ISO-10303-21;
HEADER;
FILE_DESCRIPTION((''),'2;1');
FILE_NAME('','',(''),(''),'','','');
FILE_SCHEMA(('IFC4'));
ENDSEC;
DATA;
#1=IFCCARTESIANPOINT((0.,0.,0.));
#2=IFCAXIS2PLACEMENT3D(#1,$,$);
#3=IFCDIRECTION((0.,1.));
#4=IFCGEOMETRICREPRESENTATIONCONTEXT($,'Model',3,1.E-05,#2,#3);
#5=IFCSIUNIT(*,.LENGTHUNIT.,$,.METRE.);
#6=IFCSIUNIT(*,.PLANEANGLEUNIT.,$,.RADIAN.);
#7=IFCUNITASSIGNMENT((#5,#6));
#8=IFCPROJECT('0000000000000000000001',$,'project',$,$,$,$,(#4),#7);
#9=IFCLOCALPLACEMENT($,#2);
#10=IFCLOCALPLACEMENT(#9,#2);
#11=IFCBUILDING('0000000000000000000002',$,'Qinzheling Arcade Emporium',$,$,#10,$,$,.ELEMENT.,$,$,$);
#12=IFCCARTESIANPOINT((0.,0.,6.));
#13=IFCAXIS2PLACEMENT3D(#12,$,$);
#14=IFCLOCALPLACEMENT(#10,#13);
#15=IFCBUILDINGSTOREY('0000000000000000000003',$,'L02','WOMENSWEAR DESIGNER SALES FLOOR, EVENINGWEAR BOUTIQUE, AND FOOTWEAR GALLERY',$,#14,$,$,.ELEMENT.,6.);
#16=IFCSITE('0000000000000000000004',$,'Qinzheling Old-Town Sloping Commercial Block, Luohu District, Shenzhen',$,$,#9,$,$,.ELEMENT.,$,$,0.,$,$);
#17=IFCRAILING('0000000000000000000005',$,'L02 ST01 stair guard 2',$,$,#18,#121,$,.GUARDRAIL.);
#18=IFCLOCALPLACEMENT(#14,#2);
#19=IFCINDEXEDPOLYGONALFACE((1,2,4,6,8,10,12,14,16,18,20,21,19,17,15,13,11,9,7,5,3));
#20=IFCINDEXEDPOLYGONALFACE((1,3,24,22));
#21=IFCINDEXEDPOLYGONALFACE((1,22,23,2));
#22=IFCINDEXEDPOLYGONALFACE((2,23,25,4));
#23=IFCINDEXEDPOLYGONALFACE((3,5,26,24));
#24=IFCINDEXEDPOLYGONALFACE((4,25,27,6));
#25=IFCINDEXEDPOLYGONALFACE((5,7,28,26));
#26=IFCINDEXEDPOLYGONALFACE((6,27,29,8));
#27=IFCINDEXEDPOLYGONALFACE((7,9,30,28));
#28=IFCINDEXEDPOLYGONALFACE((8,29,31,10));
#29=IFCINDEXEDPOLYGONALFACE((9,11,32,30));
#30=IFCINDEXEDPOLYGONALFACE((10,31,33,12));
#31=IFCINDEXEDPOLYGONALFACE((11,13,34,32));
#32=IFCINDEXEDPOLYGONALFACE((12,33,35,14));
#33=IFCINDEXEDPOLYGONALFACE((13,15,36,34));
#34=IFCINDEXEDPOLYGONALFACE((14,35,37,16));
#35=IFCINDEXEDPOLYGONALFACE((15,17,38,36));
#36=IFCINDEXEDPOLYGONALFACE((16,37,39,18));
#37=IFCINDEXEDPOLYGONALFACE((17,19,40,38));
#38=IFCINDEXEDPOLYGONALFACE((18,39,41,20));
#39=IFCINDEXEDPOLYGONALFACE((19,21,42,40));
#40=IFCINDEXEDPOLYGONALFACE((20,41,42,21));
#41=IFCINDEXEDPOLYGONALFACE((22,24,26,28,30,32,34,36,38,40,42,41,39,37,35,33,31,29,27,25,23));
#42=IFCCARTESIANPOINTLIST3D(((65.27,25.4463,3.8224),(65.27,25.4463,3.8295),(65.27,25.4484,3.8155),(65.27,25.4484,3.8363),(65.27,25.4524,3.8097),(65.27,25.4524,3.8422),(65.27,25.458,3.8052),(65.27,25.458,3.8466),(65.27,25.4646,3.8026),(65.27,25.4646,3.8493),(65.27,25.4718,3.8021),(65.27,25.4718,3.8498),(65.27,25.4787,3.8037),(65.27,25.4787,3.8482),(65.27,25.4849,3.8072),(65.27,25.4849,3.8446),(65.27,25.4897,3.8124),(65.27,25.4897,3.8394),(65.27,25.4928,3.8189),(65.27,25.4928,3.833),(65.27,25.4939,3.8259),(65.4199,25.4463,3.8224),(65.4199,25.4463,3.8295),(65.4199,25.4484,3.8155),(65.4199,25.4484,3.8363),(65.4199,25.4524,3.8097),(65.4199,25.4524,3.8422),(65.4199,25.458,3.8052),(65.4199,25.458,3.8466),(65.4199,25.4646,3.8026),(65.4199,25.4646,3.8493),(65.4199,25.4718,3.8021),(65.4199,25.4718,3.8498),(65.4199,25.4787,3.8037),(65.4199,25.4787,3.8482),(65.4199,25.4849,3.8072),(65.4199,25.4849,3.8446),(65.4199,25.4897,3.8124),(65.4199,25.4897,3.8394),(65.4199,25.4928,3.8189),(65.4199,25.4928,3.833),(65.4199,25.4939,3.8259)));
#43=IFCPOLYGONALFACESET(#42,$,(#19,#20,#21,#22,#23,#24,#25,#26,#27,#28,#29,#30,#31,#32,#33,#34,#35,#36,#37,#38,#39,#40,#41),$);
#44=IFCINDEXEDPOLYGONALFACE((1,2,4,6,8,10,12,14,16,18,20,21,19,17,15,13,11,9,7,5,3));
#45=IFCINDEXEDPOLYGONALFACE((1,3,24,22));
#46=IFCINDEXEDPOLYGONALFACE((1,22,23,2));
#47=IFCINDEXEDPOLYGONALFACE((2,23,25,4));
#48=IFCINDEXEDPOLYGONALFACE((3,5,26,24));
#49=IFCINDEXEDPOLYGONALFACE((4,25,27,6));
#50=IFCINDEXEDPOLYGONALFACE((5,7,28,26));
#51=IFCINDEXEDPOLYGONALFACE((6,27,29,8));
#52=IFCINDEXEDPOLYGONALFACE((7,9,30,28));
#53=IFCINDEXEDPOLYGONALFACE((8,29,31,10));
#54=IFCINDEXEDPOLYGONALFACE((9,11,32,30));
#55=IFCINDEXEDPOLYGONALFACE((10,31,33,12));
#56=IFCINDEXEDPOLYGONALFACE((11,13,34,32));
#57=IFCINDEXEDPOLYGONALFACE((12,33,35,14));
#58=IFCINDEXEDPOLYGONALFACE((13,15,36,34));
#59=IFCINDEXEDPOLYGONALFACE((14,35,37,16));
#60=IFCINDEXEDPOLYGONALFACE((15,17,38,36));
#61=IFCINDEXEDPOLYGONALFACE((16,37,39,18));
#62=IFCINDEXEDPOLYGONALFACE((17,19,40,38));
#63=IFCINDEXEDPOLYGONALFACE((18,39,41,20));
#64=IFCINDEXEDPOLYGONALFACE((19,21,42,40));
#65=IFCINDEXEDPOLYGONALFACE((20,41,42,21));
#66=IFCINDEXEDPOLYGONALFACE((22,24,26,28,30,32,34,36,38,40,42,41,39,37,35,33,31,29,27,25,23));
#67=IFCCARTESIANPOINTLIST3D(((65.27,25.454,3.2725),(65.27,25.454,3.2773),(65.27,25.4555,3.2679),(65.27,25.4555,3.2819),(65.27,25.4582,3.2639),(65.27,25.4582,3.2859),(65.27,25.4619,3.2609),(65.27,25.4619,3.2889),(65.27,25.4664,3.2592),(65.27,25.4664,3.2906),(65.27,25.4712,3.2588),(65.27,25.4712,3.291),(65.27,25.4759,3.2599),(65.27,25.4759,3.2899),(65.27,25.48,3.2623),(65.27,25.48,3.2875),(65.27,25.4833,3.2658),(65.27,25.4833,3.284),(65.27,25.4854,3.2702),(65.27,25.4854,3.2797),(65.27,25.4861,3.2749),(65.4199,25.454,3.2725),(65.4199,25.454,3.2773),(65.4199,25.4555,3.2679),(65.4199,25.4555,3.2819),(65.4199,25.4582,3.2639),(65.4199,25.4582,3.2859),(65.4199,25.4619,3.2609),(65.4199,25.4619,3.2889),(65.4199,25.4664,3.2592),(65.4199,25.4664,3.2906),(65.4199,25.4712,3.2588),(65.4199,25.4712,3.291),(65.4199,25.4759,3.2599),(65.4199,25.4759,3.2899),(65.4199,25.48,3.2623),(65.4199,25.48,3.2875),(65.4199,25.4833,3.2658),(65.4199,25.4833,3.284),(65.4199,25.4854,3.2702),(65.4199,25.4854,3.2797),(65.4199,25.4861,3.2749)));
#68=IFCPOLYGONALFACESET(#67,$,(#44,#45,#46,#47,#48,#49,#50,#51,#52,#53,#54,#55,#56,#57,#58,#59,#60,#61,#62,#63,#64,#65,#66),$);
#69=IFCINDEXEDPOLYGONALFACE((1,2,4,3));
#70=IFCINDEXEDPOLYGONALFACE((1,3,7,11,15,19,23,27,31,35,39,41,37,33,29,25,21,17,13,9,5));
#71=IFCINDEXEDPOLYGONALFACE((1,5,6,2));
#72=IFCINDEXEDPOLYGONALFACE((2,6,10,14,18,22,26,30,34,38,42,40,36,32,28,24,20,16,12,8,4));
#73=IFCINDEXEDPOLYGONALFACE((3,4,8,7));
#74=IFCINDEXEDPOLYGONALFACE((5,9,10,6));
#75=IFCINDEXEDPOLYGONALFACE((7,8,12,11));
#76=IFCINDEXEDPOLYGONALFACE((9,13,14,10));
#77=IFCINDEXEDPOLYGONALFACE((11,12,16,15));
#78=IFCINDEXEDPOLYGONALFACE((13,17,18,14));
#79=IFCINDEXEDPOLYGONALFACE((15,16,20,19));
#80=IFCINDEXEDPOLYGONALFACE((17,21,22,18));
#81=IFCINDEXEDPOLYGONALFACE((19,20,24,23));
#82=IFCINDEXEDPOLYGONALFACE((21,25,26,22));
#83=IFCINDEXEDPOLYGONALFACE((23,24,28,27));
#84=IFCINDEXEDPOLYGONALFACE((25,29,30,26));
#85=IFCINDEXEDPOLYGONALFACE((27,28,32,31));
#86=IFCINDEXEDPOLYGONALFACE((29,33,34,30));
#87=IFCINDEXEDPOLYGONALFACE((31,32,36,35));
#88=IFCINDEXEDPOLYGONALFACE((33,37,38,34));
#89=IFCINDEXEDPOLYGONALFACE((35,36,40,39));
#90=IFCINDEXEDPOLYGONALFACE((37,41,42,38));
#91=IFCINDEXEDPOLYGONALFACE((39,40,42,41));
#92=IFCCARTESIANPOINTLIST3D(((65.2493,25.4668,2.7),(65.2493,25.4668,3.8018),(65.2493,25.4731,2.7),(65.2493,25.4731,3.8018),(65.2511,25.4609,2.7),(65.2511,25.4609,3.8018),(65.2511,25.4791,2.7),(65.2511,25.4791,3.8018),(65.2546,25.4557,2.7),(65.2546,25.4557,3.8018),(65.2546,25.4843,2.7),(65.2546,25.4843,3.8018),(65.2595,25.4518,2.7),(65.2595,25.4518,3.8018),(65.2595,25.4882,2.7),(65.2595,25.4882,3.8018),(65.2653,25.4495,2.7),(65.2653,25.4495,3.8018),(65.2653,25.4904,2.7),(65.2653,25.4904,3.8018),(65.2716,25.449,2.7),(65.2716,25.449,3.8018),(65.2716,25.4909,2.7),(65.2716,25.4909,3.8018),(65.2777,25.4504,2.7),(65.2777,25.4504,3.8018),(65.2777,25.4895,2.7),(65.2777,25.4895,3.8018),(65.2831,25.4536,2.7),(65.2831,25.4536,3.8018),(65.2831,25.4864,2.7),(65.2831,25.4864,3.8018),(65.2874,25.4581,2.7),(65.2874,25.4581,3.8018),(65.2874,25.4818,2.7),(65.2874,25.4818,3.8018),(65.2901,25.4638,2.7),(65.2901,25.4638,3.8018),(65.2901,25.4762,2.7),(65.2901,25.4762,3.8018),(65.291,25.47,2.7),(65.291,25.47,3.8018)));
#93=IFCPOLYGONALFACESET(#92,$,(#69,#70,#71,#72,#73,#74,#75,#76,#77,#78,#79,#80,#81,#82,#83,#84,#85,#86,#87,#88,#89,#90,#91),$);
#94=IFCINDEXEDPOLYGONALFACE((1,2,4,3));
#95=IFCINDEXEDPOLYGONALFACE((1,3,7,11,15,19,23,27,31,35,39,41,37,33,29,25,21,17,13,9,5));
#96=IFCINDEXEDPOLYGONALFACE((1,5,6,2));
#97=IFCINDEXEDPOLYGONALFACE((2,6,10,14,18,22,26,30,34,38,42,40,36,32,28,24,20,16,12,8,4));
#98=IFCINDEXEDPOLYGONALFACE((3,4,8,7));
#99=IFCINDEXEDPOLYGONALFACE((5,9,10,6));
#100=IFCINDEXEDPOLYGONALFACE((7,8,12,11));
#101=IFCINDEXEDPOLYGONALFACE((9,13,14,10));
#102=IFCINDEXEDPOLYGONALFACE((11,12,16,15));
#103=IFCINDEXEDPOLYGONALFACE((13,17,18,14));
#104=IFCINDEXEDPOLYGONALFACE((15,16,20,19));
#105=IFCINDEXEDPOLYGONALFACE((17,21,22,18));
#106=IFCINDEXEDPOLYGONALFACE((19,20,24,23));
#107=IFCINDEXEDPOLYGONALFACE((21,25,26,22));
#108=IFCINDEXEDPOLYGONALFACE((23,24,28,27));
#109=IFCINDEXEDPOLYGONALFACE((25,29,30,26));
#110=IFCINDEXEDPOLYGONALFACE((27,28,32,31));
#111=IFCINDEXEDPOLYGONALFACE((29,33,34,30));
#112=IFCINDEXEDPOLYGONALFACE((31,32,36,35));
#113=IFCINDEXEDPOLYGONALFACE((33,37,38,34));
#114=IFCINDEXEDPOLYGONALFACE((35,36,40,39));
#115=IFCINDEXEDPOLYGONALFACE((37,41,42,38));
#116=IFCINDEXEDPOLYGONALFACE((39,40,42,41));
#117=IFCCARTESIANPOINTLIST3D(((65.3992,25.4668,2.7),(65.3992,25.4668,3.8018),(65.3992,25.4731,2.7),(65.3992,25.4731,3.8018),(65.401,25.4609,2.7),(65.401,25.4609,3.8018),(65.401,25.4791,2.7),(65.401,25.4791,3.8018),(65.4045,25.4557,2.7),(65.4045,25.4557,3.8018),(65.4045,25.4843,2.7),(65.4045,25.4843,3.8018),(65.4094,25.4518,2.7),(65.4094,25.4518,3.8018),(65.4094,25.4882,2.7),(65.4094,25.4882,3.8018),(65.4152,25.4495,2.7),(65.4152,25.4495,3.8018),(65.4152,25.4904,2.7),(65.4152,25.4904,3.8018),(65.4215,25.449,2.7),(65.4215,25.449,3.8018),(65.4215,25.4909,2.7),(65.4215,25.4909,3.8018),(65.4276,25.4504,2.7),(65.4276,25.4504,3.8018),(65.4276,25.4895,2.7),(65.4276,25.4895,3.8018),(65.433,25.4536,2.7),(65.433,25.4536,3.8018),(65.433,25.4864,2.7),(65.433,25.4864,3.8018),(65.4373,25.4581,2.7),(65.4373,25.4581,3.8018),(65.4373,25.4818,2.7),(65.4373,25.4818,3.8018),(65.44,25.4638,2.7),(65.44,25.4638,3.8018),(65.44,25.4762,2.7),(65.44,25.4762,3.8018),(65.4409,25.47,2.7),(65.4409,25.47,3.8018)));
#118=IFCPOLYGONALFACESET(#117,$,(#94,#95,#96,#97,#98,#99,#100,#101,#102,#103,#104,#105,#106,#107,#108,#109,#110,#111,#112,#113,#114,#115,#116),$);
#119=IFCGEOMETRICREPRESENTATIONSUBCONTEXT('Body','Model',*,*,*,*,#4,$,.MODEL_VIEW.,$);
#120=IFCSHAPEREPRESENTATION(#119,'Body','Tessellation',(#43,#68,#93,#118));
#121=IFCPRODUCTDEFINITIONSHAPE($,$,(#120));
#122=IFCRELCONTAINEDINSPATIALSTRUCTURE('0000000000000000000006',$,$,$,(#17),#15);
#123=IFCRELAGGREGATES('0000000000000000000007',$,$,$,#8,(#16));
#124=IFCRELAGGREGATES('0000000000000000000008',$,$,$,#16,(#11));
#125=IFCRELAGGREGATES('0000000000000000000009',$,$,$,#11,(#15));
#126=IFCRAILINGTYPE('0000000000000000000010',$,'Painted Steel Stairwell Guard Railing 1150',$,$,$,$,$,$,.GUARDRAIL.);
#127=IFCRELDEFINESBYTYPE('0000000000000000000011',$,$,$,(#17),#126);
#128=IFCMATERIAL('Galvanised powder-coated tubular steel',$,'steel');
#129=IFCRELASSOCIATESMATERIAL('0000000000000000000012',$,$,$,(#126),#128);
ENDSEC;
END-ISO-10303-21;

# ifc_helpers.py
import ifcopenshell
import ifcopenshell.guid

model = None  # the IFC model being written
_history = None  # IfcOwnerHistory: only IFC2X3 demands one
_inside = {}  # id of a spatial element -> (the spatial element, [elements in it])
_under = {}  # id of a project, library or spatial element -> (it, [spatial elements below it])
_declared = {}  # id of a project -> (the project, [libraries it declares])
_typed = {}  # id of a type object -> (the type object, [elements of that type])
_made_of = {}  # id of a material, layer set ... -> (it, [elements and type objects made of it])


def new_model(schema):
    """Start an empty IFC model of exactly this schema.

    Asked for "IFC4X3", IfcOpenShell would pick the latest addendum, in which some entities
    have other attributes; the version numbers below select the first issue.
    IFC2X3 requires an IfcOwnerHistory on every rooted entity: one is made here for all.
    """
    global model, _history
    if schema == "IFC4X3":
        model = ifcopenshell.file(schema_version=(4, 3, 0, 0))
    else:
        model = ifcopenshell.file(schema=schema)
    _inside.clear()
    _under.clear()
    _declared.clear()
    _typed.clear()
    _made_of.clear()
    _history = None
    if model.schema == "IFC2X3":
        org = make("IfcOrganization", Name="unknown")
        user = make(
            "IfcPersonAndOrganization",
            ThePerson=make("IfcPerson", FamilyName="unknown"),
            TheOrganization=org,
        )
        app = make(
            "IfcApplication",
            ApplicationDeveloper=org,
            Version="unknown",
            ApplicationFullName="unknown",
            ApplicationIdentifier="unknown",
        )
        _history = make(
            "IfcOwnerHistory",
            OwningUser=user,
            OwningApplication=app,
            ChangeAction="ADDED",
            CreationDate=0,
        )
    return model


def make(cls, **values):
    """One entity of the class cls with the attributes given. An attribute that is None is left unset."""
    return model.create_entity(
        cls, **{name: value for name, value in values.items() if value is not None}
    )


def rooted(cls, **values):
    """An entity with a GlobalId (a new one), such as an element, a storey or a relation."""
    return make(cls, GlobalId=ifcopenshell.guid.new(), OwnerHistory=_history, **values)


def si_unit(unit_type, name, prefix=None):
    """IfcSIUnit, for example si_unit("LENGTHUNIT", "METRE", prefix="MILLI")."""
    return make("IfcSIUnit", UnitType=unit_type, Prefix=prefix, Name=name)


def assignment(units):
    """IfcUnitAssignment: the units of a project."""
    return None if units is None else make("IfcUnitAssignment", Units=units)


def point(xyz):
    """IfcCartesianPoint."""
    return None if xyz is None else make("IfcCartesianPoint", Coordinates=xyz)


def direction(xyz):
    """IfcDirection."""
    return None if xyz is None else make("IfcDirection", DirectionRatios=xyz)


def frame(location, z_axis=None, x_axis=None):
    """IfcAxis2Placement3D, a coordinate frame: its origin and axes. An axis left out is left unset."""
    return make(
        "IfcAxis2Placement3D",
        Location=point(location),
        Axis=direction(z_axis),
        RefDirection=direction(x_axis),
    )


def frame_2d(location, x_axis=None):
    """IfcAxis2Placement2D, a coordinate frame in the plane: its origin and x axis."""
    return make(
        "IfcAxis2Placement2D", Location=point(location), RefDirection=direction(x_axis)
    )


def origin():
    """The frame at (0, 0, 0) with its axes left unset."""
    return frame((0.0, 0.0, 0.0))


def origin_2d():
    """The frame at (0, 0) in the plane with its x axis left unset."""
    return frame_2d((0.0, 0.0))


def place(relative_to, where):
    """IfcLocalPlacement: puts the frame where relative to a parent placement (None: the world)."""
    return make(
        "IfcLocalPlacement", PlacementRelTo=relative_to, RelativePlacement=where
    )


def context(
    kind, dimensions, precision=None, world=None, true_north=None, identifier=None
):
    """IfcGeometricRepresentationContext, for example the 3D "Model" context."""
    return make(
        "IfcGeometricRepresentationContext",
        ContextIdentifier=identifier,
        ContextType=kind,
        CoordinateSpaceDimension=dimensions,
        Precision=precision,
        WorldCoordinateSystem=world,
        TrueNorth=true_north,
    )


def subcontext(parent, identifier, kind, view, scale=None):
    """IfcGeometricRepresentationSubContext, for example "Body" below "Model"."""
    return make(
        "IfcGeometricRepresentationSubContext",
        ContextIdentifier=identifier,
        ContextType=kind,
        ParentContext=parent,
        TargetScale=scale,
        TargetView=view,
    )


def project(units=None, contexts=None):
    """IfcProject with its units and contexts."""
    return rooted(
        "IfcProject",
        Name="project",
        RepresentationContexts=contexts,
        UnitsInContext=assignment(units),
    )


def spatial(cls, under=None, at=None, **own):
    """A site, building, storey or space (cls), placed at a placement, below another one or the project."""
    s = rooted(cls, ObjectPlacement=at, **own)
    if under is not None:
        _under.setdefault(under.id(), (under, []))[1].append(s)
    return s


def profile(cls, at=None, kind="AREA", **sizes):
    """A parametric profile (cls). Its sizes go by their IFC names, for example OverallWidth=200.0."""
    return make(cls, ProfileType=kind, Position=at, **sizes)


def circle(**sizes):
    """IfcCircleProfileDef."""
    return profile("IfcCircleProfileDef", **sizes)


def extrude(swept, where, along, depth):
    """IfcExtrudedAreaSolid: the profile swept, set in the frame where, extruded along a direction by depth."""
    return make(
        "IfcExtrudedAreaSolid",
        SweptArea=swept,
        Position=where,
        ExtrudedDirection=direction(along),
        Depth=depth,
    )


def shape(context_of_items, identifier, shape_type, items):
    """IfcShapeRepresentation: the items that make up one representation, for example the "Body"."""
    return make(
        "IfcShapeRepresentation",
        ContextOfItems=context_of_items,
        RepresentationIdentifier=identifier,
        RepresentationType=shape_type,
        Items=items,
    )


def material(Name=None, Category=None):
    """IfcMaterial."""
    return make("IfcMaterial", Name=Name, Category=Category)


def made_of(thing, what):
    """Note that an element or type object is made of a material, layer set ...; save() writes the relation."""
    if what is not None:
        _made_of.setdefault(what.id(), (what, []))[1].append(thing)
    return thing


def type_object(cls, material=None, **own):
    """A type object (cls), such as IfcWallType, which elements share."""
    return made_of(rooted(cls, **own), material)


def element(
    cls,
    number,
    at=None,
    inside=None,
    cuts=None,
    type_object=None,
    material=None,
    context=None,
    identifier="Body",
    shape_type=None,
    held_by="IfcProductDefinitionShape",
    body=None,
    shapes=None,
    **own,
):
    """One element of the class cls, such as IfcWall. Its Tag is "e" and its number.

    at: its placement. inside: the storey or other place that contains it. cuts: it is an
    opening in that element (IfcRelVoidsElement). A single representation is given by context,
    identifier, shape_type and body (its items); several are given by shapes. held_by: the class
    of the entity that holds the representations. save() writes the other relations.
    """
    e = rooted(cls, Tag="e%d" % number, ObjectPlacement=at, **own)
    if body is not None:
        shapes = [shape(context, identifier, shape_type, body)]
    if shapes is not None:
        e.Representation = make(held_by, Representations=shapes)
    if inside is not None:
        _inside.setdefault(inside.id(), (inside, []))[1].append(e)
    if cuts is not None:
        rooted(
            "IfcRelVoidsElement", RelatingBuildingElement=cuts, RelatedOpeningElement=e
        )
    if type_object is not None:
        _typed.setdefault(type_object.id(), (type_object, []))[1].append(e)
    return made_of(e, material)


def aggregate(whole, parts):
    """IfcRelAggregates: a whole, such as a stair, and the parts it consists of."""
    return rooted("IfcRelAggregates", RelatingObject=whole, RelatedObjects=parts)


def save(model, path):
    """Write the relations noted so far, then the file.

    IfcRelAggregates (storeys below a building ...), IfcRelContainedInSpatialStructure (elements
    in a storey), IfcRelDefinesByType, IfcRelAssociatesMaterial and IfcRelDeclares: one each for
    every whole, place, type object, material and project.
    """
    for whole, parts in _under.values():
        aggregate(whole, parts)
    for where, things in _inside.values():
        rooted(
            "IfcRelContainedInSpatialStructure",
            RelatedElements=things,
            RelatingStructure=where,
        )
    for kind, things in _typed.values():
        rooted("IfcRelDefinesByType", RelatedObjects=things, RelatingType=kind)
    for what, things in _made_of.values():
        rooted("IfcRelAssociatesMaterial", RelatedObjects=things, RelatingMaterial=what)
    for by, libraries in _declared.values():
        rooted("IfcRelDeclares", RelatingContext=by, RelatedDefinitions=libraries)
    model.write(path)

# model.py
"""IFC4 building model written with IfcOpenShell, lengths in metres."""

from ifc_helpers import new_model, si_unit, direction, frame, origin, origin_2d, place, context, subcontext, project, spatial, circle, extrude, material, type_object, element, save


model = new_model("IFC4")

# Units and contexts
model_context = context("Model", 3, precision=1e-05, world=origin(), true_north=direction((0.0, 1.0)))
body_context = subcontext(model_context, "Body", "Model", "MODEL_VIEW")
ifc_project = project(units=[si_unit("LENGTHUNIT", "METRE"), si_unit("PLANEANGLEUNIT", "RADIAN")], contexts=[model_context])

# Site, building, storey
site_placement = place(None, origin())
site = spatial("IfcSite", under=ifc_project, at=site_placement, Name="Qinzheling Old-Town Sloping Commercial Block, Luohu District, Shenzhen", CompositionType="ELEMENT", RefElevation=0.0)
building_placement = place(site_placement, origin())
building = spatial("IfcBuilding", under=site, at=building_placement, Name="Qinzheling Arcade Emporium", CompositionType="ELEMENT")
storey_placement = place(building_placement, frame((0.0, 0.0, 6.0)))
storey = spatial("IfcBuildingStorey", under=building, at=storey_placement, Name="L02", Description="WOMENSWEAR DESIGNER SALES FLOOR, EVENINGWEAR BOUTIQUE, AND FOOTWEAR GALLERY", CompositionType="ELEMENT", Elevation=6.0)

# Railing
ifc_material_1 = material(Name="Galvanised powder-coated tubular steel", Category="steel")
railing_type = type_object("IfcRailingType", Name="Painted Steel Stairwell Guard Railing 1150", PredefinedType="GUARDRAIL", material=ifc_material_1)
railing_placement = place(storey_placement, frame((65.27, 25.47, 2.7)))
element("IfcRailing", 1, at=railing_placement, inside=storey, type_object=railing_type, Name="L02 ST01 stair guard 2", PredefinedType="GUARDRAIL", context=body_context, shape_type="SweptSolid", body=[
    extrude(circle(Radius=0.0239, at=origin_2d()), frame((0.0, 0.0, 1.126), z_axis=(1.0, 0.0, 0.0), x_axis=(0.0, 1.0, 0.0)), (0.0, 0.0, 1.0), 0.1499),
    extrude(circle(Radius=0.0161, at=origin_2d()), frame((0.0, 0.0, 0.575), z_axis=(1.0, 0.0, 0.0), x_axis=(0.0, 1.0, 0.0)), (0.0, 0.0, 1.0), 0.1499),
    extrude(circle(Radius=0.021, at=origin_2d()), origin(), (0.0, 0.0, 1.0), 1.1018),
    extrude(circle(Radius=0.021, at=origin_2d()), frame((0.1499, 0.0, 0.0)), (0.0, 0.0, 1.0), 1.1018),
])

save(model, "model.ifc")
